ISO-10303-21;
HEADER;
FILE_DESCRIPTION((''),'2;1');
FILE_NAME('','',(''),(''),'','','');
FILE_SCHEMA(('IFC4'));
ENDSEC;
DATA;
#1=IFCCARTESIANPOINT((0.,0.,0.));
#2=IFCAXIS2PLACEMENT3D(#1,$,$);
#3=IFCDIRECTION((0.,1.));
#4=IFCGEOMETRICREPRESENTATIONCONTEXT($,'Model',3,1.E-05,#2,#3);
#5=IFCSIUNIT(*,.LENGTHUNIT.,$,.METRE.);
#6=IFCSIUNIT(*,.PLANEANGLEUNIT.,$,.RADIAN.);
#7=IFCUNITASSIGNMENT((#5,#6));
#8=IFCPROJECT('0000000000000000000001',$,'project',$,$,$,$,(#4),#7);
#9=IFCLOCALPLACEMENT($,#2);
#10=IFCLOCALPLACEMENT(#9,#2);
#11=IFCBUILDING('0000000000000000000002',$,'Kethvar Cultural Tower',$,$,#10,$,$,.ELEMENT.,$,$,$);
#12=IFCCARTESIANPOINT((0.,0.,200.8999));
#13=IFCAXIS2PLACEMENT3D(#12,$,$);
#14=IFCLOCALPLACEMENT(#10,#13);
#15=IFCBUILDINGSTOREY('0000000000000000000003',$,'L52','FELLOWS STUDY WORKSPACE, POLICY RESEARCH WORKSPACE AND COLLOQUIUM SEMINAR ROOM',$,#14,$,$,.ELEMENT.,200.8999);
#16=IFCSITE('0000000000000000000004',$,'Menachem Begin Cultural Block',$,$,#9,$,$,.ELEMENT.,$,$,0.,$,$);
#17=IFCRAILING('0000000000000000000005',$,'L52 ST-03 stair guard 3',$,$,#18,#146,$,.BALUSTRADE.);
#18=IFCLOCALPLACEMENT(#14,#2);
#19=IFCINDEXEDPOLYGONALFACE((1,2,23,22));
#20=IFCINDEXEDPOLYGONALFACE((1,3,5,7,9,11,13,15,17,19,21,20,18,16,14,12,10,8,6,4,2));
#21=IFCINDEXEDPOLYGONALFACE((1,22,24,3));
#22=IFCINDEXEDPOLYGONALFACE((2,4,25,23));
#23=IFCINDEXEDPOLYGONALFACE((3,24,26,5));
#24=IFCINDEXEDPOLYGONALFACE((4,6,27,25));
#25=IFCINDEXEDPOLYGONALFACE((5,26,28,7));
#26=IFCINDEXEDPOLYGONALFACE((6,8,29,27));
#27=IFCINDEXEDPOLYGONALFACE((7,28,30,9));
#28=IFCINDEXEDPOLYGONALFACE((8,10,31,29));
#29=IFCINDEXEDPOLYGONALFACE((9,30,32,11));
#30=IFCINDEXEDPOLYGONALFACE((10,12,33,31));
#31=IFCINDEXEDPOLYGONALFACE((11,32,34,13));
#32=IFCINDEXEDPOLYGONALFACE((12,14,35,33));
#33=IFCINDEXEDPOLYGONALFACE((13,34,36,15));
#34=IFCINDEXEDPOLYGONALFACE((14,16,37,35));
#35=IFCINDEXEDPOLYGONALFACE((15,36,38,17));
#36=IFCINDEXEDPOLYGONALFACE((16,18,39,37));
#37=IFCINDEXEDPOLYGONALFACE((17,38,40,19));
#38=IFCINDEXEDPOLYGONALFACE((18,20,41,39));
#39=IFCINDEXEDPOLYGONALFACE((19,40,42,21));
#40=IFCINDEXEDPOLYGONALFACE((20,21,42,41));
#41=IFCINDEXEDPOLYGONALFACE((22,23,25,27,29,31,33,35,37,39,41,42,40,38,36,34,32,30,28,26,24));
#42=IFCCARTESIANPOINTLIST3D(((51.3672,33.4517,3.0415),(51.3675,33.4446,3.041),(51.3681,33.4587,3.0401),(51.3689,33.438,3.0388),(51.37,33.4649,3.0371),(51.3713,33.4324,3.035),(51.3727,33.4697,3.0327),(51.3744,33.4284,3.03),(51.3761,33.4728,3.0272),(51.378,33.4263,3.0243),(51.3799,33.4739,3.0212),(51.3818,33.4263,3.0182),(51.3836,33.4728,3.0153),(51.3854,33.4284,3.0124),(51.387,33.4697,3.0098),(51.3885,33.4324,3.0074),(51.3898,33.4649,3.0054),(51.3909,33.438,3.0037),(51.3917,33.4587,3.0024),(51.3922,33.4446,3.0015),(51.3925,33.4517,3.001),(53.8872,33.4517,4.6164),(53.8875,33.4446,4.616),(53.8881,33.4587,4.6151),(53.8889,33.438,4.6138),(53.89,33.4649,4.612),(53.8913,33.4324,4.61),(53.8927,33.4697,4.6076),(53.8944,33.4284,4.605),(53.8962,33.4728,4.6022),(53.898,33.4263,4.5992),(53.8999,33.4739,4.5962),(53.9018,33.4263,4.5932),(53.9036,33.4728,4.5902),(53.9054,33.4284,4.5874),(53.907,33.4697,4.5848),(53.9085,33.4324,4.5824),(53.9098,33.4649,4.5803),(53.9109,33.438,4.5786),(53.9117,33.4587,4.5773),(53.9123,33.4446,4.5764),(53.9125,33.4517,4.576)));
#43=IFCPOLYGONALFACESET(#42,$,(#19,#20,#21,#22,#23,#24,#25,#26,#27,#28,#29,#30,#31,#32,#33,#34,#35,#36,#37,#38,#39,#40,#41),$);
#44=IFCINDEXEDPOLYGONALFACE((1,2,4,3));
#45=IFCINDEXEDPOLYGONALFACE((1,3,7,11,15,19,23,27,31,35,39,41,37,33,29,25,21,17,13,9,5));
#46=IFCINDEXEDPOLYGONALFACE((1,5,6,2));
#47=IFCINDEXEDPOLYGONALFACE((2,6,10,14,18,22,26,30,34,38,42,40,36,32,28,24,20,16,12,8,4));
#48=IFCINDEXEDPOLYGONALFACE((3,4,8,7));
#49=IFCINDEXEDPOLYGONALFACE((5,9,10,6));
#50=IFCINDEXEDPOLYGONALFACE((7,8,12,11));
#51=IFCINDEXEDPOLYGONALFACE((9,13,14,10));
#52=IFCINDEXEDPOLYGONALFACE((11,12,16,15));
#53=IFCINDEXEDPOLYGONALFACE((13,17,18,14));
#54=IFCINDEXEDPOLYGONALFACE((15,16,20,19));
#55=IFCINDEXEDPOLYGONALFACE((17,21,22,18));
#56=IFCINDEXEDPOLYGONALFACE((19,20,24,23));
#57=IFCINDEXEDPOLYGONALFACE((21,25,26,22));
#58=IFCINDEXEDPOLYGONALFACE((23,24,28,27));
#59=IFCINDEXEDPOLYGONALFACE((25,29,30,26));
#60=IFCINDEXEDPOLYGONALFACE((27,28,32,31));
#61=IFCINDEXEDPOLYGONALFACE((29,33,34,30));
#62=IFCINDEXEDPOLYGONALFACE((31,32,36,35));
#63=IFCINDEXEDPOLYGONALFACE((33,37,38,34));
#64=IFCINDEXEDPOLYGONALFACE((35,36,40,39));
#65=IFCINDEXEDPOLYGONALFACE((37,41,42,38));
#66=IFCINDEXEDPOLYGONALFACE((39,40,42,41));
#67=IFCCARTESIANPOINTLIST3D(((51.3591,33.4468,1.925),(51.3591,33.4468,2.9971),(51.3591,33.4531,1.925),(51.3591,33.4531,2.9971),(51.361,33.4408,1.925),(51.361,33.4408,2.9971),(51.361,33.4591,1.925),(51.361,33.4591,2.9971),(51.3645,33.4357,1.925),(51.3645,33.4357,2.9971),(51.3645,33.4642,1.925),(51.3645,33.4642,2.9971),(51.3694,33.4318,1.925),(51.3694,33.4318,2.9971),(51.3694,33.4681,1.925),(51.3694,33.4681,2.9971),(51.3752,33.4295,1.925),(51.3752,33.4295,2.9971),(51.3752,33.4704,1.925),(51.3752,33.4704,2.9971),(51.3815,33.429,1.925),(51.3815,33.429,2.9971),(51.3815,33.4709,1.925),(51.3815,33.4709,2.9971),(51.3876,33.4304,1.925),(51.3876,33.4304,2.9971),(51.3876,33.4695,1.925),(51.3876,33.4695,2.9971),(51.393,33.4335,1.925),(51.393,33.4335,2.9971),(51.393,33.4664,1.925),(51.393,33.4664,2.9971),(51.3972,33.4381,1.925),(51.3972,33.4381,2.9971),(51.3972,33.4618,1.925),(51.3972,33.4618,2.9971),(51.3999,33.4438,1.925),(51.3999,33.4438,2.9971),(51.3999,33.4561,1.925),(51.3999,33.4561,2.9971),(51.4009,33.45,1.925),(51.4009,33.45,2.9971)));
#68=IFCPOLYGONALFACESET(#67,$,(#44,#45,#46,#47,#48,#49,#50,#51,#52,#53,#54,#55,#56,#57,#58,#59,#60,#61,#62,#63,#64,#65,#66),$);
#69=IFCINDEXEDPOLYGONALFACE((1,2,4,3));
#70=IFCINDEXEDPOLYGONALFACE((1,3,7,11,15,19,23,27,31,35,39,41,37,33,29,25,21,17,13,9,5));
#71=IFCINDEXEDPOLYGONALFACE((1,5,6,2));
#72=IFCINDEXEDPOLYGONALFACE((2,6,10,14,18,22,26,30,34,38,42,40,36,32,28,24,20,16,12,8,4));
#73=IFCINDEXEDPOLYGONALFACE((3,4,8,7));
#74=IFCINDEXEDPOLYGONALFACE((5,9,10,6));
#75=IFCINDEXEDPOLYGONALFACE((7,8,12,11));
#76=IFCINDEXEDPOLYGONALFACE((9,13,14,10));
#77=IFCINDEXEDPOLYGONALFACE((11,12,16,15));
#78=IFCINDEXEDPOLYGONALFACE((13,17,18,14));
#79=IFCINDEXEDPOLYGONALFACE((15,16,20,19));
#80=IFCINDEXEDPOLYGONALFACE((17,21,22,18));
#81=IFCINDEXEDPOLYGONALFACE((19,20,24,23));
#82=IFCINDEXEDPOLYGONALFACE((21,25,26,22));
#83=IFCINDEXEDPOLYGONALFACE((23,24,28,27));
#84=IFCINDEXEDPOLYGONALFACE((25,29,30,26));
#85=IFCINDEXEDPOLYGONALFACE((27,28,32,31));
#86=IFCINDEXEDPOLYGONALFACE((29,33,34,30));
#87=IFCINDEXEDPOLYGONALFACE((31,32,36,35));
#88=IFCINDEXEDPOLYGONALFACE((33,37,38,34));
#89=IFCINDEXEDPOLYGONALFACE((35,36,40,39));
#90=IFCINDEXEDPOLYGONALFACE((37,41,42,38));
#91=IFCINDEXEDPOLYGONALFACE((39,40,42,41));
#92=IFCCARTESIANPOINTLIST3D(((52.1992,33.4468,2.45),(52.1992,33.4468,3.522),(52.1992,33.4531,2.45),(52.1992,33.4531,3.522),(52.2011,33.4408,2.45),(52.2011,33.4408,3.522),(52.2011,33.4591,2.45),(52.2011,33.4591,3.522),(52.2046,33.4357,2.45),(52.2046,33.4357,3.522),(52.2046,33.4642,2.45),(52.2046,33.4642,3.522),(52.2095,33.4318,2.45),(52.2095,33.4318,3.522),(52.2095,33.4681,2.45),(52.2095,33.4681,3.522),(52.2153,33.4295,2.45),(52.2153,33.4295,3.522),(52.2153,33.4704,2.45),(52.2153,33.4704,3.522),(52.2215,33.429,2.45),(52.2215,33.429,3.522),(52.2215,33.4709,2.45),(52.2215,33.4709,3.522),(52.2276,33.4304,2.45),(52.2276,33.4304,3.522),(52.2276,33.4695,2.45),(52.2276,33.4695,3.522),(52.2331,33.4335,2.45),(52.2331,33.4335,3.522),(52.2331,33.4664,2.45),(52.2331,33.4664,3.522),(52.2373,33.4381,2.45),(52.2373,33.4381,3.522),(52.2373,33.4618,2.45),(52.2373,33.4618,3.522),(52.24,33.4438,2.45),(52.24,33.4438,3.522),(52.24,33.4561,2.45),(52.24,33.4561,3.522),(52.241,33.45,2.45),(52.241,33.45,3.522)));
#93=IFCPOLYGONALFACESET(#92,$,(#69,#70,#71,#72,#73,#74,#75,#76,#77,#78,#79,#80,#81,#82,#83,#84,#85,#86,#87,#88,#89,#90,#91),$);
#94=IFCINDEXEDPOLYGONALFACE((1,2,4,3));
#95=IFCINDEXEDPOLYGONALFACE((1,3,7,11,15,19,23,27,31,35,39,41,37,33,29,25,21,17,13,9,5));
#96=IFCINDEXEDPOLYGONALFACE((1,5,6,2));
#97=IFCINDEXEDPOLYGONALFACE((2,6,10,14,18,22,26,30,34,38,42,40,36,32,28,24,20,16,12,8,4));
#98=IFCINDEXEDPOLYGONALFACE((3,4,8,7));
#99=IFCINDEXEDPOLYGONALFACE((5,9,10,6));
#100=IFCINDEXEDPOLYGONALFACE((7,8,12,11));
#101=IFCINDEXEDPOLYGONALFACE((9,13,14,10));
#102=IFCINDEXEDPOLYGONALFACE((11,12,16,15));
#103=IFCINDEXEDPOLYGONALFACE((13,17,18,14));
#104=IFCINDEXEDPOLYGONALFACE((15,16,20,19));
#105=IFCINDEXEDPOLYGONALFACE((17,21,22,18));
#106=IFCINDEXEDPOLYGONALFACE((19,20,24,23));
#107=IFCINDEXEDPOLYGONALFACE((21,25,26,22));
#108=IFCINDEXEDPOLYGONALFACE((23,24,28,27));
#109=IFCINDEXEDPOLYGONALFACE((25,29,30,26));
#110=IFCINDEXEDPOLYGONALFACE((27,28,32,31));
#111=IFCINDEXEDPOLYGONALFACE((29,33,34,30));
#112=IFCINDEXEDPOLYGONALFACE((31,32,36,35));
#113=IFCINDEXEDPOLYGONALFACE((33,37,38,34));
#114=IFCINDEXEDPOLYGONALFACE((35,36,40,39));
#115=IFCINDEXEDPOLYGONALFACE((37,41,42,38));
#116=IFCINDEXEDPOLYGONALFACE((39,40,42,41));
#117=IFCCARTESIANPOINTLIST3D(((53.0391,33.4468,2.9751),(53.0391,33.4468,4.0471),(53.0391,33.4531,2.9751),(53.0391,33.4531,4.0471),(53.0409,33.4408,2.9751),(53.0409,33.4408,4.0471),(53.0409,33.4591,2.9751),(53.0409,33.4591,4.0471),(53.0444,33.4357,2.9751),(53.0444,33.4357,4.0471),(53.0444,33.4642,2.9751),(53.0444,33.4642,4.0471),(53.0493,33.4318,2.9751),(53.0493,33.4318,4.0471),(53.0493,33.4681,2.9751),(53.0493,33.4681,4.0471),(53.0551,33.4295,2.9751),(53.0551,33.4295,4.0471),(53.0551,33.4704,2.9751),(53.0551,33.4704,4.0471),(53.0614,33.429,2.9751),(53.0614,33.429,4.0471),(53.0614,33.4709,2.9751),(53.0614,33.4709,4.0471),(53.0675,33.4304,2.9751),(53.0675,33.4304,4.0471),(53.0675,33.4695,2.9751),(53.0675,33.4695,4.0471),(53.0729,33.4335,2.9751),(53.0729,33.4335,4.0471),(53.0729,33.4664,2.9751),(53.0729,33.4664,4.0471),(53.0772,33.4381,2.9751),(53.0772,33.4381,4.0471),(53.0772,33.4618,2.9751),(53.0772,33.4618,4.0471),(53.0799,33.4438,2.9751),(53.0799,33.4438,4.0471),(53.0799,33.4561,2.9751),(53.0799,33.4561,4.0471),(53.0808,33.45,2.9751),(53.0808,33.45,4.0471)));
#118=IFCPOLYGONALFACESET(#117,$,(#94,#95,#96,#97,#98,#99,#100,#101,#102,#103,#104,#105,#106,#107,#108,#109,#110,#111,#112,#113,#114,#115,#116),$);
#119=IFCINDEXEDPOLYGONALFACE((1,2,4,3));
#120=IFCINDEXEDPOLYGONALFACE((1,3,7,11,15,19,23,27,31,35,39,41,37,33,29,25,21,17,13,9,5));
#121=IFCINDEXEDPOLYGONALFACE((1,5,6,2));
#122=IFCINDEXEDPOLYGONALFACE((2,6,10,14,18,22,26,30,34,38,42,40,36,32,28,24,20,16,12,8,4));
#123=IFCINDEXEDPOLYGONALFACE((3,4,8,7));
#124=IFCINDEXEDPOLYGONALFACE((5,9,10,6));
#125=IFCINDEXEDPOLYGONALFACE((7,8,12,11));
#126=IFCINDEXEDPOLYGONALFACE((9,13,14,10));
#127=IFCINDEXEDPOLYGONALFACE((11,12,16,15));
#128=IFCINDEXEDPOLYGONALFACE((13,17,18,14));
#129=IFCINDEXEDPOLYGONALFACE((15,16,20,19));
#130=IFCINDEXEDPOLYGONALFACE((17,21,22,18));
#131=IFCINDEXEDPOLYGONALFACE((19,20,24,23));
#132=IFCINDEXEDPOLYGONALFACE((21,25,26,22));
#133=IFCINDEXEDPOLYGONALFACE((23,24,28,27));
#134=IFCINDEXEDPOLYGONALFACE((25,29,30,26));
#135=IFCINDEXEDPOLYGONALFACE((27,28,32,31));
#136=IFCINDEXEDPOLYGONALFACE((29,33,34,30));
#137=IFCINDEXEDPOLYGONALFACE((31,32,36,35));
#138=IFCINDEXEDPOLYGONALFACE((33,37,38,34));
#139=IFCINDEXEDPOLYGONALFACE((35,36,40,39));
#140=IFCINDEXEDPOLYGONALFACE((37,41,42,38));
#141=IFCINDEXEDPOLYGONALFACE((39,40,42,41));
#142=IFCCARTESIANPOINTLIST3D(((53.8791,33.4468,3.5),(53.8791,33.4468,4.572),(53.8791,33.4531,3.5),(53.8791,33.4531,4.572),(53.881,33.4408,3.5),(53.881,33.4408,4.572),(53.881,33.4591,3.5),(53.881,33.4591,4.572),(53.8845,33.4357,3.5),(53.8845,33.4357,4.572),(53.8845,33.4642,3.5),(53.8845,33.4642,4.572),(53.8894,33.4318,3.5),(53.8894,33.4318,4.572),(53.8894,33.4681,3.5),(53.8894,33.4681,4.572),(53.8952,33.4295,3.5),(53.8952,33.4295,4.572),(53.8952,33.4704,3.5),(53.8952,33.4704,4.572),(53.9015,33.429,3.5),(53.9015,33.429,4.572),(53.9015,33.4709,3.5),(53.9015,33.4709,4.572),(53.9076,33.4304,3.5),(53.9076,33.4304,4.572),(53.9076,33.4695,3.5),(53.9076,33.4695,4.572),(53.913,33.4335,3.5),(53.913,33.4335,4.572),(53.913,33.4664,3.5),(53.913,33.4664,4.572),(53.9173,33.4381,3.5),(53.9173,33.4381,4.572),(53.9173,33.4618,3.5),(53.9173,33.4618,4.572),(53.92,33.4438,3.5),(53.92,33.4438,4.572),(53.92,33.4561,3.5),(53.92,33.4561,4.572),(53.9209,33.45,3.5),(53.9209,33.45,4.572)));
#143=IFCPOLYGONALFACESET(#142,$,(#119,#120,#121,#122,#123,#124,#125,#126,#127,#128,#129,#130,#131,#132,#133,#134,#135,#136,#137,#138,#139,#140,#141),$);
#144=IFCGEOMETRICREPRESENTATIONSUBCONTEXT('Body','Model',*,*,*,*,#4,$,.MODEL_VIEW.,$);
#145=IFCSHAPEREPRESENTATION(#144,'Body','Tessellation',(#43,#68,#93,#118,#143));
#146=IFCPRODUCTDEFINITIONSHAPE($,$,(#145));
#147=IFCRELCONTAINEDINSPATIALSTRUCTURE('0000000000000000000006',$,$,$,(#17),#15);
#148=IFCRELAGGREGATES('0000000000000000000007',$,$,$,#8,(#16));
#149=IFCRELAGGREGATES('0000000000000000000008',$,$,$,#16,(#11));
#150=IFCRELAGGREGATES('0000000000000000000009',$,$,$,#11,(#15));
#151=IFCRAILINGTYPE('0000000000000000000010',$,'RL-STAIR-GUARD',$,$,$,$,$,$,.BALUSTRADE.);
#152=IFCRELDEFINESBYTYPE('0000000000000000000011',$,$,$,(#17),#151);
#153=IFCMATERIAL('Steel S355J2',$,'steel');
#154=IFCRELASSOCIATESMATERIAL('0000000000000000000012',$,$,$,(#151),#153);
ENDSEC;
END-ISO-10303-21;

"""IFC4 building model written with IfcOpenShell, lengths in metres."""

from ifc_helpers import new_model, si_unit, direction, frame, origin, origin_2d, place, context, subcontext, project, spatial, circle, extrude, material, type_object, element, save


model = new_model("IFC4")

# Units and contexts
model_context = context("Model", 3, precision=1e-05, world=origin(), true_north=direction((0.0, 1.0)))
body_context = subcontext(model_context, "Body", "Model", "MODEL_VIEW")
ifc_project = project(units=[si_unit("LENGTHUNIT", "METRE"), si_unit("PLANEANGLEUNIT", "RADIAN")], contexts=[model_context])

# Site, building, storey
site_placement = place(None, origin())
site = spatial("IfcSite", under=ifc_project, at=site_placement, Name="Menachem Begin Cultural Block", CompositionType="ELEMENT", RefElevation=0.0)
building_placement = place(site_placement, origin())
building = spatial("IfcBuilding", under=site, at=building_placement, Name="Kethvar Cultural Tower", CompositionType="ELEMENT")
storey_placement = place(building_placement, frame((0.0, 0.0, 200.8999)))
storey = spatial("IfcBuildingStorey", under=building, at=storey_placement, Name="L52", Description="FELLOWS STUDY WORKSPACE, POLICY RESEARCH WORKSPACE AND COLLOQUIUM SEMINAR ROOM", CompositionType="ELEMENT", Elevation=200.8999)

# Shared definitions
ifc_material_1 = material(Name="Steel S355J2", Category="steel")

# Railing
railing_type_1 = type_object("IfcRailingType", Name="RL-STAIR-GUARD", PredefinedType="BALUSTRADE", material=ifc_material_1)
railing_1_placement = place(storey_placement, frame((51.3799, 33.45, 1.925)))
element("IfcRailing", 1, at=railing_1_placement, inside=storey, type_object=railing_type_1, Name="L52 ST-03 stair guard 3", PredefinedType="BALUSTRADE", context=body_context, shape_type="SweptSolid", body=[
    extrude(circle(Radius=0.0239, at=origin_2d()), frame((0.0, 0.0, 1.0962), z_axis=(0.848008, 0.0, 0.529984), x_axis=(0.0, 1.0, 0.0)), (0.0, 0.0, 1.0), 2.9717),
    extrude(circle(Radius=0.021, at=origin_2d()), origin(), (0.0, 0.0, 1.0), 1.072),
    extrude(circle(Radius=0.021, at=origin_2d()), frame((0.8401, 0.0, 0.5249)), (0.0, 0.0, 1.0), 1.072),
    extrude(circle(Radius=0.021, at=origin_2d()), frame((1.6799, 0.0, 1.05)), (0.0, 0.0, 1.0), 1.072),
    extrude(circle(Radius=0.021, at=origin_2d()), frame((2.52, 0.0, 1.575)), (0.0, 0.0, 1.0), 1.072),
])

save(model, "model.ifc")
